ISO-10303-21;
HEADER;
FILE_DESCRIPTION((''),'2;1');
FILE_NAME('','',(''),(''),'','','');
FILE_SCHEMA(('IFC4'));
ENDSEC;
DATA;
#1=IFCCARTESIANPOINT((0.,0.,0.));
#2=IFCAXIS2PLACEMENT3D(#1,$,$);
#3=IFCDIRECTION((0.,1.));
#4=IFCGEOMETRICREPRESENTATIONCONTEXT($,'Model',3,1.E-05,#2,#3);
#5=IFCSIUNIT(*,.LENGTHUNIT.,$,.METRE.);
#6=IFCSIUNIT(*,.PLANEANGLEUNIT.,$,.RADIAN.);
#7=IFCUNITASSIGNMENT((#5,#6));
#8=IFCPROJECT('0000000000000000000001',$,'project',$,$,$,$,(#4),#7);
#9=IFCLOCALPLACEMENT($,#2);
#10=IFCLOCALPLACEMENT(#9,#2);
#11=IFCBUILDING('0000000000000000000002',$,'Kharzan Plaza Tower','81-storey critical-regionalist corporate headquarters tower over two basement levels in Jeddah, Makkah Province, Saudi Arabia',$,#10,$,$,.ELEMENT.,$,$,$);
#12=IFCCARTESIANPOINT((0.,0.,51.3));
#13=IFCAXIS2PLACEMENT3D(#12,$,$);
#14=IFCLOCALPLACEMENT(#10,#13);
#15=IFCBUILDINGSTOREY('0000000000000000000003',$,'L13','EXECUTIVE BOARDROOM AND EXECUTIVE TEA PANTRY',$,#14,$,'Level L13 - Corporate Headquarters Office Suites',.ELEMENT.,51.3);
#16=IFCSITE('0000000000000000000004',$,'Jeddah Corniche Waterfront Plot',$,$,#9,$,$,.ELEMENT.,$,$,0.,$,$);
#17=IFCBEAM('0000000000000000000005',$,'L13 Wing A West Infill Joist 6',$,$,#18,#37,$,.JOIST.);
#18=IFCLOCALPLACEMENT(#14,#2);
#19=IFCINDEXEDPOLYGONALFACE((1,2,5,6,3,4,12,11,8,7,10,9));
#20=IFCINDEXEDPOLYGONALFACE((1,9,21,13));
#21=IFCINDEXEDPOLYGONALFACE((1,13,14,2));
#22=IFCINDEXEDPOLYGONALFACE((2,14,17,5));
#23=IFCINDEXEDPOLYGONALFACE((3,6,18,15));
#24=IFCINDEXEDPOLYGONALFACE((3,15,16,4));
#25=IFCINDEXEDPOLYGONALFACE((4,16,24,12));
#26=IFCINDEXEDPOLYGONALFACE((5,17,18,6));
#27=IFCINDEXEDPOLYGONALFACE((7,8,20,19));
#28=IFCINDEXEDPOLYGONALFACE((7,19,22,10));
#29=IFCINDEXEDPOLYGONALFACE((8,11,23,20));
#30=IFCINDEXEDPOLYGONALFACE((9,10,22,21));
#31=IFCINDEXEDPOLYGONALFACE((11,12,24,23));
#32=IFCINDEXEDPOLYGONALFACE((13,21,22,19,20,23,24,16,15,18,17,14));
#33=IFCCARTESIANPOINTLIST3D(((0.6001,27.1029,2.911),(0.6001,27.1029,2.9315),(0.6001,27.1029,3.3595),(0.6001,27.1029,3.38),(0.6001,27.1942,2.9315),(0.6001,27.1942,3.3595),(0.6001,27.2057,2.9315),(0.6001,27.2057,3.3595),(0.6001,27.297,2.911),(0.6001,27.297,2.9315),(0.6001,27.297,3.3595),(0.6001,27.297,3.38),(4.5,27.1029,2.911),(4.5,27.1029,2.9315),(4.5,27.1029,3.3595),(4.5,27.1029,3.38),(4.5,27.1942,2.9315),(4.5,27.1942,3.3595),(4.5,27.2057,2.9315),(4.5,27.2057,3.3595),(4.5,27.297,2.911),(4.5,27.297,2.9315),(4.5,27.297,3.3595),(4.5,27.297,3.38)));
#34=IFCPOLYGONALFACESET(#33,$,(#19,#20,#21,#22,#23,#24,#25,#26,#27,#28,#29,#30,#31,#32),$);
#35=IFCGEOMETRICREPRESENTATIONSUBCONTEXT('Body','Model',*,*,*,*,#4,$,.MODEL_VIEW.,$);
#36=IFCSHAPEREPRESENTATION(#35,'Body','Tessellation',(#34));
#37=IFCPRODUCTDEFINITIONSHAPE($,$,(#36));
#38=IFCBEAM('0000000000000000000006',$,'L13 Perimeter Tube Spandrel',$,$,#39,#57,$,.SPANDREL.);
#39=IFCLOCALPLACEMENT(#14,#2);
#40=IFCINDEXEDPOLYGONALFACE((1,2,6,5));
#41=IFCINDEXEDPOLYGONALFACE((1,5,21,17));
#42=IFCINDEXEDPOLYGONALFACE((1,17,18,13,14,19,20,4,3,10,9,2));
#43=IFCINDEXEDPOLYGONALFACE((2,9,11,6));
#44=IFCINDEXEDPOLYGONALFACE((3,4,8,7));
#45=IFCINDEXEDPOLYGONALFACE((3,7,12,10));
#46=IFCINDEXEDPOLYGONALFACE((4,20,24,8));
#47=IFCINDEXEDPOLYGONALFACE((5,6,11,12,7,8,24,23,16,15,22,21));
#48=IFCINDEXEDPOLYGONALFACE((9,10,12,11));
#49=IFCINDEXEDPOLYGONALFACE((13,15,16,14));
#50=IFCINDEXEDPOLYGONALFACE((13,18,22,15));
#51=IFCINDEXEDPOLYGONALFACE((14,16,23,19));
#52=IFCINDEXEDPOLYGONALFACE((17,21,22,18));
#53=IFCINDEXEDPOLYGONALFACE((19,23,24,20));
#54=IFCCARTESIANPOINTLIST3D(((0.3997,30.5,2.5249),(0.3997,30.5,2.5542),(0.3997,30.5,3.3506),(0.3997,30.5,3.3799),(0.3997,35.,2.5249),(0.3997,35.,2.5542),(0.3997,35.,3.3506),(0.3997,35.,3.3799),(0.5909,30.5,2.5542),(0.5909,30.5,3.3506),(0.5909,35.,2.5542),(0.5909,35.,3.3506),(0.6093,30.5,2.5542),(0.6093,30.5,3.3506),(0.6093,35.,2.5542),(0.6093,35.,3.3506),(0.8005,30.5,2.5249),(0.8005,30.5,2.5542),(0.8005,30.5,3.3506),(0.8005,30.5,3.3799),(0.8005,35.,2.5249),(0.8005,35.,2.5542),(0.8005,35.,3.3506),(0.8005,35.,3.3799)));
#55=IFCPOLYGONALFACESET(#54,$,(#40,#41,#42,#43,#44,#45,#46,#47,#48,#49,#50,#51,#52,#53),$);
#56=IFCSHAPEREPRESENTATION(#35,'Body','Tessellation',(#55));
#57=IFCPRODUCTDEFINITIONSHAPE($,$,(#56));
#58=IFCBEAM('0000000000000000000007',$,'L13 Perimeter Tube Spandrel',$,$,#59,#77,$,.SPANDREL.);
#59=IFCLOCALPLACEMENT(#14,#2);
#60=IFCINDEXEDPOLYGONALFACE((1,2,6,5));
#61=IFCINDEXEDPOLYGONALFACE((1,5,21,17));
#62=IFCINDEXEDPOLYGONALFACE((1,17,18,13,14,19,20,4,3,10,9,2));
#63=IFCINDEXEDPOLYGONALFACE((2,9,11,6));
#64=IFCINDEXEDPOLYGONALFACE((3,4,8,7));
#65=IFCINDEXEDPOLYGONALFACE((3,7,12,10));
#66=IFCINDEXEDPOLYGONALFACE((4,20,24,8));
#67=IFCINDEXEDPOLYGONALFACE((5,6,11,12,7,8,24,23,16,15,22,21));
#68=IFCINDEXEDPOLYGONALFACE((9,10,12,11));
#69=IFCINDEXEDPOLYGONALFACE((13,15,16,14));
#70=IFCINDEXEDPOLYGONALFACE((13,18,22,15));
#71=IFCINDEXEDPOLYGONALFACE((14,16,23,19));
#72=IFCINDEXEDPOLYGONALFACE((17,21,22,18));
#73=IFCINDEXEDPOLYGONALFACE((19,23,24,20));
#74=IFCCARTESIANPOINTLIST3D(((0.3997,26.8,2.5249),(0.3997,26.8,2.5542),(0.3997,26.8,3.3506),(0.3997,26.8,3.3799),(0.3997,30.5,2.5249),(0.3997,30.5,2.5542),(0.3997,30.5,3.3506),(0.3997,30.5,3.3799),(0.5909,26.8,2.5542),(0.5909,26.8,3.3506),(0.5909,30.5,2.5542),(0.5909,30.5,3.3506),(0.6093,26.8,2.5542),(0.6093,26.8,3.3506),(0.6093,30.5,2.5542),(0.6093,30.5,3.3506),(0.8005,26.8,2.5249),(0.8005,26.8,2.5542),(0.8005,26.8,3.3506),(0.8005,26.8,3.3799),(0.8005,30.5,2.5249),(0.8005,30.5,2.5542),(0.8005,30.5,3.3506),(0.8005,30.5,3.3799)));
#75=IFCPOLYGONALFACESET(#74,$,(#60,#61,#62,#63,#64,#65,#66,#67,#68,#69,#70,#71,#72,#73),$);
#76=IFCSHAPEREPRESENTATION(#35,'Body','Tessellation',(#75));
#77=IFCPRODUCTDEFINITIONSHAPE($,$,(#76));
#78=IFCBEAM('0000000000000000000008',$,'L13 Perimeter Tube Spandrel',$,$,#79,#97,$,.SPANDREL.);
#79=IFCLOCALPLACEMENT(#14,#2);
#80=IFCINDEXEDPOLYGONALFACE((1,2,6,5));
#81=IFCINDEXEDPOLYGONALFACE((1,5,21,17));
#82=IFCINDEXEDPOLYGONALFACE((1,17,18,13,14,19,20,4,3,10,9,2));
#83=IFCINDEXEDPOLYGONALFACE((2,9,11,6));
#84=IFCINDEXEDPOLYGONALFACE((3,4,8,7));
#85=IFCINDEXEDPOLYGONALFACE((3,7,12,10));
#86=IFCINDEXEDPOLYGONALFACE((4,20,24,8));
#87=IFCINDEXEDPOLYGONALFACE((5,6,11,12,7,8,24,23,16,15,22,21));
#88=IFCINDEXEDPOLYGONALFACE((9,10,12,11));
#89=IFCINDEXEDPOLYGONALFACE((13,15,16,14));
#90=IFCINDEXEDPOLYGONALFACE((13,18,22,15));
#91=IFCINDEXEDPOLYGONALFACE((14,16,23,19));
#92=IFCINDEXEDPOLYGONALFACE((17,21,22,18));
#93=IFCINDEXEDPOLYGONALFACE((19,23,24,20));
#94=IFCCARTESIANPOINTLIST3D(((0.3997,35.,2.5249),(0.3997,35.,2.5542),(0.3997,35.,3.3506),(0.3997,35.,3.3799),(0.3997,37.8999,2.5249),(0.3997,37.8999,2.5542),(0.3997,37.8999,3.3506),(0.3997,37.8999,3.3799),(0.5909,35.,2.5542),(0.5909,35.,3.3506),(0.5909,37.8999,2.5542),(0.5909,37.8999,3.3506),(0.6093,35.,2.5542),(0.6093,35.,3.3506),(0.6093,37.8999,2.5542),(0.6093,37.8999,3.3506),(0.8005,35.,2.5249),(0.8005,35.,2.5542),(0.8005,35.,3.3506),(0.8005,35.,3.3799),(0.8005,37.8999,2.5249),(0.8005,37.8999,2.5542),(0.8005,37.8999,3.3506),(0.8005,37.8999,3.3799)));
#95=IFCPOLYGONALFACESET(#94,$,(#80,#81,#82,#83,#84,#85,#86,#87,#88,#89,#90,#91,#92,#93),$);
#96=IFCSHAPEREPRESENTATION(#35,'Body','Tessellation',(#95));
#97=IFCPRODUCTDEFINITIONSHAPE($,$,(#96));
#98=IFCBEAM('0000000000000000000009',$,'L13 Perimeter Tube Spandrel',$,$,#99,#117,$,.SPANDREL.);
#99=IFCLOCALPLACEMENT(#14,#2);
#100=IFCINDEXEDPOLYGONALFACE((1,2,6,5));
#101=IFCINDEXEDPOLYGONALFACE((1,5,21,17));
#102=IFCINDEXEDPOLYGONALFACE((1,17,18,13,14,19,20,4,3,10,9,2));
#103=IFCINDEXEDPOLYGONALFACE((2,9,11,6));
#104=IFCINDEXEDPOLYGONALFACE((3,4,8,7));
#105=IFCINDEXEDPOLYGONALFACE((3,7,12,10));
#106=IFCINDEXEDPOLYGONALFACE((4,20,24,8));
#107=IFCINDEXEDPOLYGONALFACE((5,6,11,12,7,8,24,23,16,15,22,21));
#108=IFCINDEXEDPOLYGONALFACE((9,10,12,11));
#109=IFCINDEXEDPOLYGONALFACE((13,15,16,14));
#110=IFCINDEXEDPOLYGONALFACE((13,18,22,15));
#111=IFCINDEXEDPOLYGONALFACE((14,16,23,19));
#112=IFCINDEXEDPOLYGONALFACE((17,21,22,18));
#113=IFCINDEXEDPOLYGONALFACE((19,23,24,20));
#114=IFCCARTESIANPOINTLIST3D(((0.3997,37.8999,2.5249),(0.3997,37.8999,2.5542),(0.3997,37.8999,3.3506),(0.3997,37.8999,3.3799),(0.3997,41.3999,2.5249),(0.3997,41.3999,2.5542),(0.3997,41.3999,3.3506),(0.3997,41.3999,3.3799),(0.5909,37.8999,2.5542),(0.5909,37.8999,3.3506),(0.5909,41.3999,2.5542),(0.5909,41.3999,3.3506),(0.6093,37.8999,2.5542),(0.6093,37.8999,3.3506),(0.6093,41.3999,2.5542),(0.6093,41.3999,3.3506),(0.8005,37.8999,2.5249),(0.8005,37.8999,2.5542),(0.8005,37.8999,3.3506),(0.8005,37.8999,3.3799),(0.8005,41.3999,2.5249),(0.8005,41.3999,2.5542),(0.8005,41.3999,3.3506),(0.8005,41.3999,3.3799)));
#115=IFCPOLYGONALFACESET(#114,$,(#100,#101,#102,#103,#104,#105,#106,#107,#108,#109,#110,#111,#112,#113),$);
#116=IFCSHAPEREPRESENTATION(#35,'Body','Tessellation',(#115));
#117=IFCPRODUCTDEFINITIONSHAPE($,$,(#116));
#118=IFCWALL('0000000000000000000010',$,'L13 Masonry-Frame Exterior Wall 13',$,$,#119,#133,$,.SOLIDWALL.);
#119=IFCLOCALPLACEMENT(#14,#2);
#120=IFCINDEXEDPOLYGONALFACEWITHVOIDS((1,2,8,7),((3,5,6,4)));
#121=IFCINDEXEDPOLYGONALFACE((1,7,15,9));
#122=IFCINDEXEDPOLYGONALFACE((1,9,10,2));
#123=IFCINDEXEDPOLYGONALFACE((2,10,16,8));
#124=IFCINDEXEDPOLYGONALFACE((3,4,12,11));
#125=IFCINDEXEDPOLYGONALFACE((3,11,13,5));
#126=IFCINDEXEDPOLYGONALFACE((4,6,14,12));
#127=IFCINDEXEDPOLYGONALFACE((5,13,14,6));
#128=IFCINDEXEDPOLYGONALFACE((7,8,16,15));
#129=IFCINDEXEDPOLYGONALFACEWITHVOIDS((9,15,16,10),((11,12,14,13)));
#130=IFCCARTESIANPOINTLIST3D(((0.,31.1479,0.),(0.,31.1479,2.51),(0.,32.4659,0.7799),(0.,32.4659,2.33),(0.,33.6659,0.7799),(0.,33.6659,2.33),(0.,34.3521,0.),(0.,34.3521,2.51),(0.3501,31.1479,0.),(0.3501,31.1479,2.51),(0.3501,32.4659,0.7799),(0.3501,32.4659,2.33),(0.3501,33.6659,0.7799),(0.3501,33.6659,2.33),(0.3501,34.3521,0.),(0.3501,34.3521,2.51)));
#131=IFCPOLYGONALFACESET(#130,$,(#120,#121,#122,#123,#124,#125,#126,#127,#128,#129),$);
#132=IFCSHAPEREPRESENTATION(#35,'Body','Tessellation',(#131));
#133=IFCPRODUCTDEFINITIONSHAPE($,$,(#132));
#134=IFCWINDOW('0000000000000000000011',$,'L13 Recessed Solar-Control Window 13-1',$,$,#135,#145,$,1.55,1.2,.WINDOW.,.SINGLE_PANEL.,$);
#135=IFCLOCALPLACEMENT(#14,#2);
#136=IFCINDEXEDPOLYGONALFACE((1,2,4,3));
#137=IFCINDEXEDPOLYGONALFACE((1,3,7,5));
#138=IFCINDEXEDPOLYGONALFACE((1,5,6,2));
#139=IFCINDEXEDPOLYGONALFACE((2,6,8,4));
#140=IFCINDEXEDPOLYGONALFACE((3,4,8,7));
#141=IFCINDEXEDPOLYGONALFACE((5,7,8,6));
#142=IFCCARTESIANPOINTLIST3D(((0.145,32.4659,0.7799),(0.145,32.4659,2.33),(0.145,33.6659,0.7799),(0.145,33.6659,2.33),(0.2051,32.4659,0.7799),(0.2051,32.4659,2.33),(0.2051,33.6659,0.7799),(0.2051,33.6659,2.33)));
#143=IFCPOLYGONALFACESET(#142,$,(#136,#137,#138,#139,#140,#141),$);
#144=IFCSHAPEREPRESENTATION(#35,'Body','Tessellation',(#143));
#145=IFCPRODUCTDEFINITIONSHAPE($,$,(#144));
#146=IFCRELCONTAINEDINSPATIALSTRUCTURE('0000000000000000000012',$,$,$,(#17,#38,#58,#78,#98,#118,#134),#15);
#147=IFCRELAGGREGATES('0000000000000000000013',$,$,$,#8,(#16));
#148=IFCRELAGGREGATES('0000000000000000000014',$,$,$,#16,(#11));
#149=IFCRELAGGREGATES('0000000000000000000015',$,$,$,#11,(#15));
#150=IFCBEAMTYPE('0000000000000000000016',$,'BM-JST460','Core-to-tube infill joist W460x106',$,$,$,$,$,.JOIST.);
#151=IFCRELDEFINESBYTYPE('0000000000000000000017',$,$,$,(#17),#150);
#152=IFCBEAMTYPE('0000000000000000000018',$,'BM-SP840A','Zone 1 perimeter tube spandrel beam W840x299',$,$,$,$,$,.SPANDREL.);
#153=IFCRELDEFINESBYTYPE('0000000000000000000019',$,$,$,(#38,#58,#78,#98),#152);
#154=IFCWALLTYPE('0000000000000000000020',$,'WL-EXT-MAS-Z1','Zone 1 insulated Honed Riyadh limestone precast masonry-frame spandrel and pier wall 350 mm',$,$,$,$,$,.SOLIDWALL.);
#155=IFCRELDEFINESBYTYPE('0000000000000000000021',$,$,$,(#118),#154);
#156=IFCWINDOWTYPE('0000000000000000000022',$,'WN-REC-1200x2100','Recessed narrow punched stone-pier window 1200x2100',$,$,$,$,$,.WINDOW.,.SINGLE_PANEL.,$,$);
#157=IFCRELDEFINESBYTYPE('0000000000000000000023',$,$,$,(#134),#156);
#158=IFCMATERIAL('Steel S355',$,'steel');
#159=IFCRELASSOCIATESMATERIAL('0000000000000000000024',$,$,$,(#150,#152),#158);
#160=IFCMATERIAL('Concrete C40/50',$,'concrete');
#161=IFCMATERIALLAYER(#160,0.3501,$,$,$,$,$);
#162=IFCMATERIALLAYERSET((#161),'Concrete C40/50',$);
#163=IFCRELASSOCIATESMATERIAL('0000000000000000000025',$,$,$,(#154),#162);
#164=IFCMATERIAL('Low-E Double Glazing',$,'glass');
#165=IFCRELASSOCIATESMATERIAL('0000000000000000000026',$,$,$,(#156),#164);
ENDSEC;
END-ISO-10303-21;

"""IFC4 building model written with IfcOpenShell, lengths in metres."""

from ifc_helpers import new_model, si_unit, direction, frame, frame_2d, origin, origin_2d, place, context, subcontext, project, spatial, rectangle, i_section, extrude, source, transform, mapped, material, layer, layer_set, material_profile, profile_set, type_object, element, fill, save


model = new_model("IFC4")

# Units and contexts
model_context = context("Model", 3, precision=1e-05, world=origin(), true_north=direction((0.0, 1.0)))
body_context = subcontext(model_context, "Body", "Model", "MODEL_VIEW")
ifc_project = project(units=[si_unit("LENGTHUNIT", "METRE"), si_unit("PLANEANGLEUNIT", "RADIAN")], contexts=[model_context])

# Site, building, storey
site_placement = place(None, origin())
site = spatial("IfcSite", under=ifc_project, at=site_placement, Name="Jeddah Corniche Waterfront Plot", CompositionType="ELEMENT", RefElevation=0.0)
building_placement = place(site_placement, origin())
building = spatial("IfcBuilding", under=site, at=building_placement, Name="Kharzan Plaza Tower", Description="81-storey critical-regionalist corporate headquarters tower over two basement levels in Jeddah, Makkah Province, Saudi Arabia", CompositionType="ELEMENT")
storey_placement = place(building_placement, frame((0.0, 0.0, 51.3)))
storey = spatial("IfcBuildingStorey", under=building, at=storey_placement, Name="L13", Description="EXECUTIVE BOARDROOM AND EXECUTIVE TEA PANTRY", LongName="Level L13 - Corporate Headquarters Office Suites", CompositionType="ELEMENT", Elevation=51.3)

# Beams
ifc_material_1 = material(Name="Steel S355", Category="steel")
ifc_material_profile_1 = material_profile(ifc_material_1, i_section(OverallWidth=0.1941, OverallDepth=0.469, WebThickness=0.0115, FlangeThickness=0.0205, at=origin_2d()), Name="W460x106")
ifc_profile_set_1 = profile_set([ifc_material_profile_1], Name="Steel S355")
beam_type_1 = type_object("IfcBeamType", Name="BM-JST460", Description="Core-to-tube infill joist W460x106", PredefinedType="JOIST", material=ifc_profile_set_1)
shared_shape_1 = source(origin(), body_context, "Body", "SweptSolid", [
    extrude(i_section(OverallWidth=0.1941, OverallDepth=0.469, WebThickness=0.0115, FlangeThickness=0.0205, at=origin_2d()), origin(), (0.0, 0.0, 1.0), 3.8999),
])
for number, where, z_axis, x_axis, name in (
    (1, (0.6001, 27.2, 3.1455), (1.0, 0.0, 0.0), (0.0, 1.0, 0.0), "L13 Wing A West Infill Joist 6"),
):
    element("IfcBeam", number, at=place(storey_placement, frame(where, z_axis=z_axis, x_axis=x_axis)), inside=storey, type_object=beam_type_1, Name=name, PredefinedType="JOIST", context=body_context, shape_type="MappedRepresentation", body=[
        mapped(shared_shape_1, transform((0.0, 0.0, 0.0), x_axis=(1.0, 0.0, 0.0), y_axis=(0.0, 1.0, 0.0), z_axis=(0.0, 0.0, 1.0))),
    ])
ifc_material_profile_2 = material_profile(ifc_material_1, i_section(OverallWidth=0.4009, OverallDepth=0.855, WebThickness=0.0183, FlangeThickness=0.0293, at=origin_2d()), Name="W840x299")
ifc_profile_set_2 = profile_set([ifc_material_profile_2], Name="Steel S355")
beam_type_2 = type_object("IfcBeamType", Name="BM-SP840A", Description="Zone 1 perimeter tube spandrel beam W840x299", PredefinedType="SPANDREL", material=ifc_profile_set_2)
shared_shape_2 = source(origin(), body_context, "Body", "SweptSolid", [
    extrude(i_section(OverallWidth=0.4009, OverallDepth=0.855, WebThickness=0.0183, FlangeThickness=0.0293, at=origin_2d()), origin(), (0.0, 0.0, 1.0), 4.5),
])
beam_1_placement = place(storey_placement, frame((0.6001, 30.5, 2.9524), z_axis=(0.0, 1.0, 0.0), x_axis=(-1.0, 0.0, 0.0)))
element("IfcBeam", 2, at=beam_1_placement, inside=storey, type_object=beam_type_2, Name="L13 Perimeter Tube Spandrel", PredefinedType="SPANDREL", context=body_context, shape_type="MappedRepresentation", body=[
    mapped(shared_shape_2, transform((0.0, 0.0, 0.0), x_axis=(1.0, 0.0, 0.0), y_axis=(0.0, 1.0, 0.0), z_axis=(0.0, 0.0, 1.0))),
])
shared_shape_3 = source(origin(), body_context, "Body", "SweptSolid", [
    extrude(i_section(OverallWidth=0.4009, OverallDepth=0.855, WebThickness=0.0183, FlangeThickness=0.0293, at=origin_2d()), origin(), (0.0, 0.0, 1.0), 3.7),
])
beam_2_placement = place(storey_placement, frame((0.6001, 26.8, 2.9524), z_axis=(0.0, 1.0, 0.0), x_axis=(-1.0, 0.0, 0.0)))
element("IfcBeam", 3, at=beam_2_placement, inside=storey, type_object=beam_type_2, Name="L13 Perimeter Tube Spandrel", PredefinedType="SPANDREL", context=body_context, shape_type="MappedRepresentation", body=[
    mapped(shared_shape_3, transform((0.0, 0.0, 0.0), x_axis=(1.0, 0.0, 0.0), y_axis=(0.0, 1.0, 0.0), z_axis=(0.0, 0.0, 1.0))),
])
shared_shape_4 = source(origin(), body_context, "Body", "SweptSolid", [
    extrude(i_section(OverallWidth=0.4009, OverallDepth=0.855, WebThickness=0.0183, FlangeThickness=0.0293, at=origin_2d()), origin(), (0.0, 0.0, 1.0), 2.8999),
])
beam_3_placement = place(storey_placement, frame((0.6001, 35.0, 2.9524), z_axis=(0.0, 1.0, 0.0), x_axis=(-1.0, 0.0, 0.0)))
element("IfcBeam", 4, at=beam_3_placement, inside=storey, type_object=beam_type_2, Name="L13 Perimeter Tube Spandrel", PredefinedType="SPANDREL", context=body_context, shape_type="MappedRepresentation", body=[
    mapped(shared_shape_4, transform((0.0, 0.0, 0.0), x_axis=(1.0, 0.0, 0.0), y_axis=(0.0, 1.0, 0.0), z_axis=(0.0, 0.0, 1.0))),
])
shared_shape_5 = source(origin(), body_context, "Body", "SweptSolid", [
    extrude(i_section(OverallWidth=0.4009, OverallDepth=0.855, WebThickness=0.0183, FlangeThickness=0.0293, at=origin_2d()), origin(), (0.0, 0.0, 1.0), 3.5),
])
beam_4_placement = place(storey_placement, frame((0.6001, 37.8999, 2.9524), z_axis=(0.0, 1.0, 0.0), x_axis=(-1.0, 0.0, 0.0)))
element("IfcBeam", 5, at=beam_4_placement, inside=storey, type_object=beam_type_2, Name="L13 Perimeter Tube Spandrel", PredefinedType="SPANDREL", context=body_context, shape_type="MappedRepresentation", body=[
    mapped(shared_shape_5, transform((0.0, 0.0, 0.0), x_axis=(1.0, 0.0, 0.0), y_axis=(0.0, 1.0, 0.0), z_axis=(0.0, 0.0, 1.0))),
])

# Wall, opening, window
ifc_material_2 = material(Name="Concrete C40/50", Category="concrete")
ifc_layer_1 = layer(ifc_material_2, 0.3501)
ifc_layer_set_1 = layer_set([ifc_layer_1], Name="Concrete C40/50")
wall_type_1 = type_object("IfcWallType", Name="WL-EXT-MAS-Z1", Description="Zone 1 insulated Honed Riyadh limestone precast masonry-frame spandrel and pier wall 350 mm", PredefinedType="SOLIDWALL", material=ifc_layer_set_1)
wall_1_placement = place(storey_placement, frame((0.175, 34.3521, 0.0), z_axis=(0.0, 0.0, 1.0), x_axis=(0.0, -1.0, 0.0)))
wall_1 = element("IfcWall", 6, at=wall_1_placement, inside=storey, type_object=wall_type_1, Name="L13 Masonry-Frame Exterior Wall 13", PredefinedType="SOLIDWALL", context=body_context, shape_type="SweptSolid", body=[
    extrude(rectangle(XDim=3.2041, YDim=0.3501, at=frame_2d((1.6021, 0.0))), origin(), (0.0, 0.0, 1.0), 2.51),
])
opening_1_placement = place(wall_1_placement, frame((0.686, 0.0, 0.78)))
opening_1 = element("IfcOpeningElement", 7, at=opening_1_placement, cuts=wall_1, PredefinedType="OPENING", context=body_context, shape_type="SweptSolid", body=[
    extrude(rectangle(XDim=1.2, YDim=1.55, at=frame_2d((0.6001, 0.7749))), frame((0.0, 0.1851, 0.0), z_axis=(0.0, -1.0, 0.0), x_axis=(1.0, 0.0, 0.0)), (0.0, 0.0, 1.0), 0.3701),
])
ifc_material_3 = material(Name="Low-E Double Glazing", Category="glass")
window_type_1 = type_object("IfcWindowType", Name="WN-REC-1200x2100", Description="Recessed narrow punched stone-pier window 1200x2100", PartitioningType="SINGLE_PANEL", PredefinedType="WINDOW", material=ifc_material_3)
shared_shape_6 = source(origin(), body_context, "Body", "SweptSolid", [
    extrude(rectangle(XDim=1.2, YDim=1.55, at=frame_2d((0.6001, 0.7749))), frame((0.0, 0.03, 0.0), z_axis=(0.0, -1.0, 0.0), x_axis=(1.0, 0.0, 0.0)), (0.0, 0.0, 1.0), 0.0601),
])
window_1_placement = place(opening_1_placement, origin())
window_1 = element("IfcWindow", 8, at=window_1_placement, inside=storey, type_object=window_type_1, Name="L13 Recessed Solar-Control Window 13-1", OverallHeight=1.55, OverallWidth=1.2, PartitioningType="SINGLE_PANEL", PredefinedType="WINDOW", context=body_context, shape_type="MappedRepresentation", body=[
    mapped(shared_shape_6, transform((0.0, 0.0, 0.0), x_axis=(1.0, 0.0, 0.0), y_axis=(0.0, 1.0, 0.0), z_axis=(0.0, 0.0, 1.0))),
])
fill(opening_1, window_1)

save(model, "model.ifc")
